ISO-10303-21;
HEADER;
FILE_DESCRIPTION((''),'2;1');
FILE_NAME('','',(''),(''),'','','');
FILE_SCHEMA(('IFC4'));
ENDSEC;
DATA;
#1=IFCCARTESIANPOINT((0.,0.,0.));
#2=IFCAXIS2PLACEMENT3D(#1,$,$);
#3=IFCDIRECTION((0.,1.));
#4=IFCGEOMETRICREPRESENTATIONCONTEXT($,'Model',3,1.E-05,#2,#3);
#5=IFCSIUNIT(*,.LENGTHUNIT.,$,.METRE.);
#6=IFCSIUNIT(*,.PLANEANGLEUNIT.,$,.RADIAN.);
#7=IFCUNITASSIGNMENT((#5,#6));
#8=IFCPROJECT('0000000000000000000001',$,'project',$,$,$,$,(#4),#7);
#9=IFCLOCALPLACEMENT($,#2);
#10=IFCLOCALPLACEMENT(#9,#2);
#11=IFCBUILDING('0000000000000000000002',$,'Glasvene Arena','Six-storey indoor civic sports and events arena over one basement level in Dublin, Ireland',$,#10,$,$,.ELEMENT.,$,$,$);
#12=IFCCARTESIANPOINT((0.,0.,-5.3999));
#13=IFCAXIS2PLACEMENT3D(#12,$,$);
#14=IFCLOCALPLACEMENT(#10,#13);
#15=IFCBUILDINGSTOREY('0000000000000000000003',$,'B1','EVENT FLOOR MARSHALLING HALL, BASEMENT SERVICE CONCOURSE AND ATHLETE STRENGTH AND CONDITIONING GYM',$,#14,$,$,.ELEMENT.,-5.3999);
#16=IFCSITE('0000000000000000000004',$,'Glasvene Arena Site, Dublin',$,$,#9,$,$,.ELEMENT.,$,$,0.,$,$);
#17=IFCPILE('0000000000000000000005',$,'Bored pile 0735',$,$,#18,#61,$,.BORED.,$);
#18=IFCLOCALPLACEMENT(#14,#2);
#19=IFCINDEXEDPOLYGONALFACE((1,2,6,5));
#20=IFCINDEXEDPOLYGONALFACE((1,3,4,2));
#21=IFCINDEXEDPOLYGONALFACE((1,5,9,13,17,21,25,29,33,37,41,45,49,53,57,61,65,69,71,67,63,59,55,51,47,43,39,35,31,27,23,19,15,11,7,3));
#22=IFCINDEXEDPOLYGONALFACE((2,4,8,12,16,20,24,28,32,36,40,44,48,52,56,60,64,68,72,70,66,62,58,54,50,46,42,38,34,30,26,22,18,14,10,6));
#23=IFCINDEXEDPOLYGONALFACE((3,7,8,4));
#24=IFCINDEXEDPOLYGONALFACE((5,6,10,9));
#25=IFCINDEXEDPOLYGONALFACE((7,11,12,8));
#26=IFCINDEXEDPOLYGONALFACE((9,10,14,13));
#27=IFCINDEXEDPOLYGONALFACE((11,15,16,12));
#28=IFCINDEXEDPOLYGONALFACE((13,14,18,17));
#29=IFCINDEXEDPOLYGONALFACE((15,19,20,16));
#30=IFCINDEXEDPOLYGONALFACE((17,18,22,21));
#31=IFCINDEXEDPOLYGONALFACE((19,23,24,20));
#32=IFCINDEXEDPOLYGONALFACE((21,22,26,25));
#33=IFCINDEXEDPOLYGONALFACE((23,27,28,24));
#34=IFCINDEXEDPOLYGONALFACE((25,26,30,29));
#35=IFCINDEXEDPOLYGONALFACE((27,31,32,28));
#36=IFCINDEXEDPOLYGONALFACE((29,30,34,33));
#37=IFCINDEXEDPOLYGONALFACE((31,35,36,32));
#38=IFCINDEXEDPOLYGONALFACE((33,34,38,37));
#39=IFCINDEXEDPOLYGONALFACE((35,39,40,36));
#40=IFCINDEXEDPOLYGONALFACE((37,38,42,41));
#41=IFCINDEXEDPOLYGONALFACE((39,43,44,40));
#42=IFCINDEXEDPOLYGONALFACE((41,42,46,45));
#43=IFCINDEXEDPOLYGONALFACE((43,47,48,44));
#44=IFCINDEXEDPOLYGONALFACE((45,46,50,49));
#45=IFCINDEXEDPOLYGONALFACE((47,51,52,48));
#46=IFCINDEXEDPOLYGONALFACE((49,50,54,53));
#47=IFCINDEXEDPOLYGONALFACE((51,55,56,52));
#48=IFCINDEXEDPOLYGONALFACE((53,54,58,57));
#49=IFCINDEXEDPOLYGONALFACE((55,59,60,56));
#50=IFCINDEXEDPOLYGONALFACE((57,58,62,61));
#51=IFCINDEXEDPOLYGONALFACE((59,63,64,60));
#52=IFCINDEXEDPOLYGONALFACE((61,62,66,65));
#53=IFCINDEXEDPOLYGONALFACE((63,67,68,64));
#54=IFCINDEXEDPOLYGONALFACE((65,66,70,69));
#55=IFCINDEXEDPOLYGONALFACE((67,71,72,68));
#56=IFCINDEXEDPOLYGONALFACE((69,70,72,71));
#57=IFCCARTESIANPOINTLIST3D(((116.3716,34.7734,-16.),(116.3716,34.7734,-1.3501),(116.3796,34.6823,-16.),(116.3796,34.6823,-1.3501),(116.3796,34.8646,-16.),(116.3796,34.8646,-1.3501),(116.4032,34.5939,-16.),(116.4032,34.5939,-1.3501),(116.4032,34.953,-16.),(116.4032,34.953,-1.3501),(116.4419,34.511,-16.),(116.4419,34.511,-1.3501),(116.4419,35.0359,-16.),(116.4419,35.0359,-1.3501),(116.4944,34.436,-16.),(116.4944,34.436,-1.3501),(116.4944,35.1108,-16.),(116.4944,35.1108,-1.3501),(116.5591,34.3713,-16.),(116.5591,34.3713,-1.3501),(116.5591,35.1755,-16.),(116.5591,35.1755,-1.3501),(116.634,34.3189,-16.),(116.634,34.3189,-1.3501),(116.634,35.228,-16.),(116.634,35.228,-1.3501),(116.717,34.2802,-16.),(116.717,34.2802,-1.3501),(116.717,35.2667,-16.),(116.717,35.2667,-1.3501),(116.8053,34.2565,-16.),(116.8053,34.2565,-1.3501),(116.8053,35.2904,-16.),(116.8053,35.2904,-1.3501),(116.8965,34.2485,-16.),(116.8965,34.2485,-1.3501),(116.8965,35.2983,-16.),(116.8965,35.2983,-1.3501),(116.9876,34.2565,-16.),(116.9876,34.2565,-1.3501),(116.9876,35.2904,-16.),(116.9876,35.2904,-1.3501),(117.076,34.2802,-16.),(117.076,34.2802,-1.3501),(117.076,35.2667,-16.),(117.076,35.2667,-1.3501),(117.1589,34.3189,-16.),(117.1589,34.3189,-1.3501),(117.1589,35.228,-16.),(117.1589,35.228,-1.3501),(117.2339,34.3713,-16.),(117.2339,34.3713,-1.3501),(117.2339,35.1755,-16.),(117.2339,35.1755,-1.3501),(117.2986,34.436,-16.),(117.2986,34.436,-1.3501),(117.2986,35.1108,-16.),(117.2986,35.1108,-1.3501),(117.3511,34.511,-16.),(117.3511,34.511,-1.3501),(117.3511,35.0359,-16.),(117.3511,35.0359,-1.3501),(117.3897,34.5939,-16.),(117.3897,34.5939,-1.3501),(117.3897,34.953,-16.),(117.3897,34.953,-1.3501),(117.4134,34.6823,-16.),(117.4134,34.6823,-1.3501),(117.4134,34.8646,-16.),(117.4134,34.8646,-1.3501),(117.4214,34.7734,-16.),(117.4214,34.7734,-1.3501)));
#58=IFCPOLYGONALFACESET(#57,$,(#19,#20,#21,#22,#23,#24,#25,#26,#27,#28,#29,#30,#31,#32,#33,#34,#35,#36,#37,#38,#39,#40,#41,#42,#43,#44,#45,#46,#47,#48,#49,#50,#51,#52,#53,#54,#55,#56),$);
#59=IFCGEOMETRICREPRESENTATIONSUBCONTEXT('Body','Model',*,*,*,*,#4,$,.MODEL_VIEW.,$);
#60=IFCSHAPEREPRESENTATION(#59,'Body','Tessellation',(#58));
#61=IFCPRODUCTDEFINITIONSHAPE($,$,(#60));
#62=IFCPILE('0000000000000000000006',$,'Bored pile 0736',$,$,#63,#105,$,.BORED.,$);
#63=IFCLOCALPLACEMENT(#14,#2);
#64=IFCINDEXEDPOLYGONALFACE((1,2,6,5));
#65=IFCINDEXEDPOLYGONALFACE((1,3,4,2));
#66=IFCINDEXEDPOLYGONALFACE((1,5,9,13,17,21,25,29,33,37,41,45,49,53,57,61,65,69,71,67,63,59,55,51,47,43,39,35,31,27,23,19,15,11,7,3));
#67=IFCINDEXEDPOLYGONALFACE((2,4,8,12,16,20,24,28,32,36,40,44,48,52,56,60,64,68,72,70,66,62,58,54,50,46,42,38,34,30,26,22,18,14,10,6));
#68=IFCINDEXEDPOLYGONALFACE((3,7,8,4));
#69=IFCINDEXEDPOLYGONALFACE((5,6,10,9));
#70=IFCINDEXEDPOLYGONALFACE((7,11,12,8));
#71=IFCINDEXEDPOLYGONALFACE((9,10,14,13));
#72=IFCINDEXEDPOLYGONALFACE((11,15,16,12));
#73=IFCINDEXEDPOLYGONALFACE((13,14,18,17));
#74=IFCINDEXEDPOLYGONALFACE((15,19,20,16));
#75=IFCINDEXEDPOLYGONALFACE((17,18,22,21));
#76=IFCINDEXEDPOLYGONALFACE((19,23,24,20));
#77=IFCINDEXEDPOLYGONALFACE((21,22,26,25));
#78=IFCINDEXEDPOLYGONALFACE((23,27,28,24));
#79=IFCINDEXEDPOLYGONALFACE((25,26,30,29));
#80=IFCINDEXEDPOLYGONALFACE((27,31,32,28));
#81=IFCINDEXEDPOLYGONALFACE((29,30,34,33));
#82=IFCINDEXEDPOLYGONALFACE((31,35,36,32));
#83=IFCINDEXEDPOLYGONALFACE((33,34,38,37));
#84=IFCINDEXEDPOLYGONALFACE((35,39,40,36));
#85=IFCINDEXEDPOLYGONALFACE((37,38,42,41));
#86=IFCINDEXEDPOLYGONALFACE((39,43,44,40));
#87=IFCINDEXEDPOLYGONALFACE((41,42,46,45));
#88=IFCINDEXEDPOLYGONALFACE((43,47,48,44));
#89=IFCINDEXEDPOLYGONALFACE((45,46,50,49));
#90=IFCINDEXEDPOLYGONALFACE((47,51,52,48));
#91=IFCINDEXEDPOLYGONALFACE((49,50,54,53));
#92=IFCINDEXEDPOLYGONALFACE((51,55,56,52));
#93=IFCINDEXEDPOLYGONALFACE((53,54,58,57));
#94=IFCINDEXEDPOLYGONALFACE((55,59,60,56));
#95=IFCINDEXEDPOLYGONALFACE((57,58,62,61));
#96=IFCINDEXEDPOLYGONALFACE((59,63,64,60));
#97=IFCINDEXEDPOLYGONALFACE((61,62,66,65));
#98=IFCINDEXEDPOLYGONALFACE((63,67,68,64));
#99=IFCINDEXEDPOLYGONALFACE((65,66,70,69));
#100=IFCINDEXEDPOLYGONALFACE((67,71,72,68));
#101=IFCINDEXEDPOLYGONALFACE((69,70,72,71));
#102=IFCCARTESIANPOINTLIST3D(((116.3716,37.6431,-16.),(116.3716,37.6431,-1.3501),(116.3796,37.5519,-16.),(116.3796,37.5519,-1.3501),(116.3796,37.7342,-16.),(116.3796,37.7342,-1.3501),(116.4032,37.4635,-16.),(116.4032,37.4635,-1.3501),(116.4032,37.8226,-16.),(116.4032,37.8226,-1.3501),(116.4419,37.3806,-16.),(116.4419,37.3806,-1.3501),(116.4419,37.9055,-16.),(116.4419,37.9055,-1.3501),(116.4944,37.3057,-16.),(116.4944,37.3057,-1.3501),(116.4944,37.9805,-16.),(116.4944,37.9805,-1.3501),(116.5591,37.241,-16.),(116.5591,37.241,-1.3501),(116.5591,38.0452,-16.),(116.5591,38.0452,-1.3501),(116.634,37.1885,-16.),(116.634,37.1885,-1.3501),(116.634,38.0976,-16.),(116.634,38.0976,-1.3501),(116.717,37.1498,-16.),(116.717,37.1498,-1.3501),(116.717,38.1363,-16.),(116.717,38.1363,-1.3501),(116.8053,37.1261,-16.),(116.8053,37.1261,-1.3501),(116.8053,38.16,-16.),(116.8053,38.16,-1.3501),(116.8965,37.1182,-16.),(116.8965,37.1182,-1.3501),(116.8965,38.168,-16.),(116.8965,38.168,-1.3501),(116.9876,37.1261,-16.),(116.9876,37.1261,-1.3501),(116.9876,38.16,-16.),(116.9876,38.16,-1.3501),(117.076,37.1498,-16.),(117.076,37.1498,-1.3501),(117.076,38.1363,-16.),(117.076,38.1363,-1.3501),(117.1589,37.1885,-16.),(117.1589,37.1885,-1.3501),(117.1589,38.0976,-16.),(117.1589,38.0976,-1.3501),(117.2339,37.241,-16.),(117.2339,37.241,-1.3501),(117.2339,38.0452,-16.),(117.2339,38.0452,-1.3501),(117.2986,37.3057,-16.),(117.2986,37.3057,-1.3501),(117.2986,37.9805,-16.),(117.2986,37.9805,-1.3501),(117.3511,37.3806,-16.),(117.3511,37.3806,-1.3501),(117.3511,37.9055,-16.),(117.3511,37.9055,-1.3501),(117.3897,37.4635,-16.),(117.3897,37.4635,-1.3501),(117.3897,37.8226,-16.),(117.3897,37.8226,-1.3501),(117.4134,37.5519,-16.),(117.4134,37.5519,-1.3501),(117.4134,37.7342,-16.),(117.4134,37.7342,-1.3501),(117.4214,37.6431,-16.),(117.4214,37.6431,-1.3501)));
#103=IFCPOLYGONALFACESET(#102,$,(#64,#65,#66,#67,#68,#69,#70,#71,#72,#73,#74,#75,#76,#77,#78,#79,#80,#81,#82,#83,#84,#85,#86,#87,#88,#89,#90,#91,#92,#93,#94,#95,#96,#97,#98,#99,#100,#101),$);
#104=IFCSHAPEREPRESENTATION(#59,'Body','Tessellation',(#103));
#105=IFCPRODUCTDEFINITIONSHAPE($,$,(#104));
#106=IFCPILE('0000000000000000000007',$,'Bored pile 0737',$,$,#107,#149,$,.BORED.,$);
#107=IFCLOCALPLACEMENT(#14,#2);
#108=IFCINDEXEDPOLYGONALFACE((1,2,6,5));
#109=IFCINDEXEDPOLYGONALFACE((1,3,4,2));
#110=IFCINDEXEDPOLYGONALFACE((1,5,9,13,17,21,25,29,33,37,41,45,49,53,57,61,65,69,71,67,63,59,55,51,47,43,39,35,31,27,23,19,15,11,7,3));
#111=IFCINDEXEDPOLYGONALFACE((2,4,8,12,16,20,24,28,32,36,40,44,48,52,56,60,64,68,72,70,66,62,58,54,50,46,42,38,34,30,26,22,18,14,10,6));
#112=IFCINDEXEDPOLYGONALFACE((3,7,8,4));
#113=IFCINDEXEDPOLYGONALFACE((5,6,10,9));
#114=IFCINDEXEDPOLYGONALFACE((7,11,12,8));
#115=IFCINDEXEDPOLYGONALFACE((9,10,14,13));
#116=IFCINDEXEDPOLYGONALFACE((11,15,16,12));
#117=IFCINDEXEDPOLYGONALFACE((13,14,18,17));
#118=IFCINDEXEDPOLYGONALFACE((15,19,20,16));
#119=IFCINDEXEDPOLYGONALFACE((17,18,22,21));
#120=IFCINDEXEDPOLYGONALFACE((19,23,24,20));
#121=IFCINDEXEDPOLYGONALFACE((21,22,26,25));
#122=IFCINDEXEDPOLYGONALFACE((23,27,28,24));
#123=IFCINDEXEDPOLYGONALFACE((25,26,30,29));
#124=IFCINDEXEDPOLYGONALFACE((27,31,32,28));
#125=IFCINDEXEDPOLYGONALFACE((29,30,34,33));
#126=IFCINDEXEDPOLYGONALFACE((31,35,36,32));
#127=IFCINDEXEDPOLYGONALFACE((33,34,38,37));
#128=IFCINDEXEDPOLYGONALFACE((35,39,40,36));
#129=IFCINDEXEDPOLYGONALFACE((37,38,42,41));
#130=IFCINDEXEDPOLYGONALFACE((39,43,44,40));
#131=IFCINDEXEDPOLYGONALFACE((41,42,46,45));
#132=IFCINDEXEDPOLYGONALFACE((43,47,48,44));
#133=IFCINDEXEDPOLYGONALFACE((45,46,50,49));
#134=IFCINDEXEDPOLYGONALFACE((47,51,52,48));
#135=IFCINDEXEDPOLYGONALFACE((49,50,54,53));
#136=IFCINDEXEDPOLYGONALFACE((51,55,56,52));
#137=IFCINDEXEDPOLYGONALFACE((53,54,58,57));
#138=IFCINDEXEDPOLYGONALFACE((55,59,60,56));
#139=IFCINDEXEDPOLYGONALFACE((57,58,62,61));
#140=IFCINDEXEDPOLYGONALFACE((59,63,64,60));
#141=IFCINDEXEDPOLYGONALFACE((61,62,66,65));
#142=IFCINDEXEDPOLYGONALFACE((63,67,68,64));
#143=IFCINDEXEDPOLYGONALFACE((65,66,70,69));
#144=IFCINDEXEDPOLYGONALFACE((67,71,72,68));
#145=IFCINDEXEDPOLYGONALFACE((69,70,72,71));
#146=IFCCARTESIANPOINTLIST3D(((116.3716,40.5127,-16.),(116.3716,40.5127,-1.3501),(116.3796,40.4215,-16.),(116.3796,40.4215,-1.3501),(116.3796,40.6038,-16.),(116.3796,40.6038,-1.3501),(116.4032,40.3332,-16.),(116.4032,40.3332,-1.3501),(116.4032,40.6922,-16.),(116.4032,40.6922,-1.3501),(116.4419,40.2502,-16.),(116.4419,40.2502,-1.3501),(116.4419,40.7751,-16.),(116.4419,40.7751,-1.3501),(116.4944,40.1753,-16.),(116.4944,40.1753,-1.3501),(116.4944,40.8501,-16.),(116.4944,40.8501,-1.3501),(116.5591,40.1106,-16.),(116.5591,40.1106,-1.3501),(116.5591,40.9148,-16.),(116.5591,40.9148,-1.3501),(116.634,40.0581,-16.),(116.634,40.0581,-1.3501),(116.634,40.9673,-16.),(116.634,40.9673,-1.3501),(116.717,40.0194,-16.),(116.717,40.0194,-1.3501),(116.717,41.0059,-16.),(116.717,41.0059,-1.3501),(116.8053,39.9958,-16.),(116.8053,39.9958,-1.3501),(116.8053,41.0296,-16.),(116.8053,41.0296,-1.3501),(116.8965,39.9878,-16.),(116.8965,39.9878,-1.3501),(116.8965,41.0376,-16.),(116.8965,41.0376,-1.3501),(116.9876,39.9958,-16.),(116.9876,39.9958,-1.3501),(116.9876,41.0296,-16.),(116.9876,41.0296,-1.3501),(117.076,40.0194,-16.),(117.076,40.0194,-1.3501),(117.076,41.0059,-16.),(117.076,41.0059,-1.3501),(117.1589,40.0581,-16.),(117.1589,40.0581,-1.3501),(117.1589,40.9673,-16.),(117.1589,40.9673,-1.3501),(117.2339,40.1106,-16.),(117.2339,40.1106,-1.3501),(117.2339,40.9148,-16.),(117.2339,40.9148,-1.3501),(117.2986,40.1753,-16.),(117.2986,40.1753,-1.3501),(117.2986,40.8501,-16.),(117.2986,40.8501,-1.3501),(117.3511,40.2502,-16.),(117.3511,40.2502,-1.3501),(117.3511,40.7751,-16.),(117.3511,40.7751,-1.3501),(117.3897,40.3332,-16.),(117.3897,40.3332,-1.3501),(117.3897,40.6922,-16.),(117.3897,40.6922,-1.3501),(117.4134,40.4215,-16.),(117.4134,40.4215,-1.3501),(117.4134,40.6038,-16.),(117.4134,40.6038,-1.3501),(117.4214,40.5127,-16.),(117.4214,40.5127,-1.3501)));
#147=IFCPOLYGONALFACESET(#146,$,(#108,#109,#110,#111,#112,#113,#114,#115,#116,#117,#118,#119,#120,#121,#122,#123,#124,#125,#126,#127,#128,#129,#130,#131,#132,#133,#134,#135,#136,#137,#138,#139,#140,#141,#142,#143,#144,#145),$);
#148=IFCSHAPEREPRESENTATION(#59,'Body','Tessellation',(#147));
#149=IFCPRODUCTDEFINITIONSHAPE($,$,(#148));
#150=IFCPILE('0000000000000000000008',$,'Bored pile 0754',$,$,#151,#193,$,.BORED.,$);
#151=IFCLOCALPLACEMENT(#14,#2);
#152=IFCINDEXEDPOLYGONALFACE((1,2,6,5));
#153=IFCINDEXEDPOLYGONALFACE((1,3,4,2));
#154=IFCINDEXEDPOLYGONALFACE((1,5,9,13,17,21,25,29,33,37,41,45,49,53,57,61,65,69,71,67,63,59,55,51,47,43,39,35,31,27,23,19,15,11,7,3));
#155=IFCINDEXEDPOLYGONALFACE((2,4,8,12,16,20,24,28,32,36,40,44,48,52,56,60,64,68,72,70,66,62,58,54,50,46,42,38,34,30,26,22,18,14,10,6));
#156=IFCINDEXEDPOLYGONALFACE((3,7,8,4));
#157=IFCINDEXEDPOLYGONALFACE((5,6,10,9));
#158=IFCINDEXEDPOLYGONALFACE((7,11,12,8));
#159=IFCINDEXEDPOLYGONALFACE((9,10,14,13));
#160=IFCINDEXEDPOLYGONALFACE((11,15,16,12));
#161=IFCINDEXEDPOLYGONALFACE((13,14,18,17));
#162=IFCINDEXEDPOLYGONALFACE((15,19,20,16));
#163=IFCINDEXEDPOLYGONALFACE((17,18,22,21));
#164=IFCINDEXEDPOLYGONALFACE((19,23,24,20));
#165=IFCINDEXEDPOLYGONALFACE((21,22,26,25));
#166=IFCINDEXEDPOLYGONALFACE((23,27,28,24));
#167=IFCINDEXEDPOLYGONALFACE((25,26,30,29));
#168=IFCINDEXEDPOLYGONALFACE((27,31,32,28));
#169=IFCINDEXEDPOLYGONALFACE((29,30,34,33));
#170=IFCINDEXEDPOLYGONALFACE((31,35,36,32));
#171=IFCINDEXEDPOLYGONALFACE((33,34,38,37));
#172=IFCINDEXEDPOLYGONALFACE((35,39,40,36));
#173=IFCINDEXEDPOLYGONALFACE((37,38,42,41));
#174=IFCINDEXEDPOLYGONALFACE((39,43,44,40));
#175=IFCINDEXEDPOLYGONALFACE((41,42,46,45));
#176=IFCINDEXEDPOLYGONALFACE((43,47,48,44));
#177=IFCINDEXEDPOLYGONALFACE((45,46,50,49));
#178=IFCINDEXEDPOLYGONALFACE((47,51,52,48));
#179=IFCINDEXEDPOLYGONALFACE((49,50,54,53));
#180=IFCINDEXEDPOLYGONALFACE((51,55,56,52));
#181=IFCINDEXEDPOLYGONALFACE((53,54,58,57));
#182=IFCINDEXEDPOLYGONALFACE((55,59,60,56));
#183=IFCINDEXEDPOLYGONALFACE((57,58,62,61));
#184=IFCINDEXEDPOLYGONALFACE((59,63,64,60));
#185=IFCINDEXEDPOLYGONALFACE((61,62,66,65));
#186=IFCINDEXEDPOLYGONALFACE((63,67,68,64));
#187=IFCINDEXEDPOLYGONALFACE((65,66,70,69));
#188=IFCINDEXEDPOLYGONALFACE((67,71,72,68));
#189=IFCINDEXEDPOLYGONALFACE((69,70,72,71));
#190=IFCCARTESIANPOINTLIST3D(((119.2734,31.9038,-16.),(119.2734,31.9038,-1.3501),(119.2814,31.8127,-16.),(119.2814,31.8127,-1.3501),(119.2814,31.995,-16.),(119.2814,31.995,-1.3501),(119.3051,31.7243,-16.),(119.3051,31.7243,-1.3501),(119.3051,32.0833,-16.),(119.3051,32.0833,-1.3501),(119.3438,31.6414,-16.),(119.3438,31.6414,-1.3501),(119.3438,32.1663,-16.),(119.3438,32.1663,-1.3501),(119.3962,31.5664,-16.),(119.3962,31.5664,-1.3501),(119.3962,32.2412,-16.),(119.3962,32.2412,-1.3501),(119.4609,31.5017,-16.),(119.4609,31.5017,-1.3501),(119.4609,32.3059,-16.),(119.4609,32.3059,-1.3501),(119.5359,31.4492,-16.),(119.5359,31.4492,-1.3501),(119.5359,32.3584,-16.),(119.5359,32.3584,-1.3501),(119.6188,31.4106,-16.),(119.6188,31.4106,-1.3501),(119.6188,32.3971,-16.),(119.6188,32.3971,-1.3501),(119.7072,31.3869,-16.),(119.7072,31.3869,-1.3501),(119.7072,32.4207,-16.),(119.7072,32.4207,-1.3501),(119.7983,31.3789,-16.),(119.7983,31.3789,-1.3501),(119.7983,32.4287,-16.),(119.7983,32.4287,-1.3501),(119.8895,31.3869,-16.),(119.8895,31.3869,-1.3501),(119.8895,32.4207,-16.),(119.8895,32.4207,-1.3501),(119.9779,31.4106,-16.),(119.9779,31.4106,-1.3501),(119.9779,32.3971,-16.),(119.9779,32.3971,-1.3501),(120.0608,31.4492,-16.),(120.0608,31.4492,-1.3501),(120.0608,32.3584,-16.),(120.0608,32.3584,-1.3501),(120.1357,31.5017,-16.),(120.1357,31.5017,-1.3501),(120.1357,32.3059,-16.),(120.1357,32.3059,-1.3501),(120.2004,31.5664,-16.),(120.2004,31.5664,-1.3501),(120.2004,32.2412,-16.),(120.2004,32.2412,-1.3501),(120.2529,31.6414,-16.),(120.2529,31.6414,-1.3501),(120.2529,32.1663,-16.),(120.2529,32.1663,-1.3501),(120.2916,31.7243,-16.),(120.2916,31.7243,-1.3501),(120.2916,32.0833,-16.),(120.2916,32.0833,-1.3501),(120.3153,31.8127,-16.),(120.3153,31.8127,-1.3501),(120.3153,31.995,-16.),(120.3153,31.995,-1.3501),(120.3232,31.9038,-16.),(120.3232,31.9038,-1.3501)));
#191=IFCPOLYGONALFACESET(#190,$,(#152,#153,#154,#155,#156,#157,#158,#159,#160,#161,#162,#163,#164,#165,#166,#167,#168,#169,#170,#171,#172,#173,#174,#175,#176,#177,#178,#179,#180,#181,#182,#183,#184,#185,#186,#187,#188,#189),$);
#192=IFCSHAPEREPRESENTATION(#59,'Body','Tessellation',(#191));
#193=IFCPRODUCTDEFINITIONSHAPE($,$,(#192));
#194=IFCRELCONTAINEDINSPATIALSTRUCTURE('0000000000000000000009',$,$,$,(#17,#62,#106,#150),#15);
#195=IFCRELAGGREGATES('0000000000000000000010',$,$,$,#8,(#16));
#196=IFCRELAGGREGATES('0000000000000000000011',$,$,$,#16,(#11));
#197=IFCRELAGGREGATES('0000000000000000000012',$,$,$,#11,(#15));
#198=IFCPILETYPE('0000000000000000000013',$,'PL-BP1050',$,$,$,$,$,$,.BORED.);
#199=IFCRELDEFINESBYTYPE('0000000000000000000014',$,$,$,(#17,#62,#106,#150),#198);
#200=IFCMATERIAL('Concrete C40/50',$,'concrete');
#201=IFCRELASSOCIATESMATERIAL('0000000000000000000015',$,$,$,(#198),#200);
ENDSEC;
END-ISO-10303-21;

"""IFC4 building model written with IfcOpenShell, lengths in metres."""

from ifc_helpers import new_model, si_unit, direction, frame, origin, origin_2d, place, context, subcontext, project, spatial, circle, extrude, material, material_profile, profile_set, type_object, element, save


model = new_model("IFC4")

# Units and contexts
model_context = context("Model", 3, precision=1e-05, world=origin(), true_north=direction((0.0, 1.0)))
body_context = subcontext(model_context, "Body", "Model", "MODEL_VIEW")
ifc_project = project(units=[si_unit("LENGTHUNIT", "METRE"), si_unit("PLANEANGLEUNIT", "RADIAN")], contexts=[model_context])

# Site, building, storey
site_placement = place(None, origin())
site = spatial("IfcSite", under=ifc_project, at=site_placement, Name="Glasvene Arena Site, Dublin", CompositionType="ELEMENT", RefElevation=0.0)
building_placement = place(site_placement, origin())
building = spatial("IfcBuilding", under=site, at=building_placement, Name="Glasvene Arena", Description="Six-storey indoor civic sports and events arena over one basement level in Dublin, Ireland", CompositionType="ELEMENT")
storey_placement = place(building_placement, frame((0.0, 0.0, -5.3999)))
storey = spatial("IfcBuildingStorey", under=building, at=storey_placement, Name="B1", Description="EVENT FLOOR MARSHALLING HALL, BASEMENT SERVICE CONCOURSE AND ATHLETE STRENGTH AND CONDITIONING GYM", CompositionType="ELEMENT", Elevation=-5.3999)

# Piles
ifc_material_1 = material(Name="Concrete C40/50", Category="concrete")
ifc_material_profile_1 = material_profile(ifc_material_1, circle(Radius=0.5249, at=origin_2d()), Name="BORED PILE 1050")
ifc_profile_set_1 = profile_set([ifc_material_profile_1], Name="Concrete C40/50")
pile_type = type_object("IfcPileType", Name="PL-BP1050", PredefinedType="BORED", material=ifc_profile_set_1)
for number, where, z_axis, x_axis, name in (
    (1, (116.8965, 34.7734, -1.3501), (0.0, 0.0, -1.0), (1.0, 0.0, 0.0), "Bored pile 0735"),
    (2, (116.8965, 37.6431, -1.3501), (0.0, 0.0, -1.0), (1.0, 0.0, 0.0), "Bored pile 0736"),
    (3, (116.8965, 40.5127, -1.3501), (0.0, 0.0, -1.0), (1.0, 0.0, 0.0), "Bored pile 0737"),
    (4, (119.7983, 31.9038, -1.3501), (0.0, 0.0, -1.0), (1.0, 0.0, 0.0), "Bored pile 0754"),
):
    element("IfcPile", number, at=place(storey_placement, frame(where, z_axis=z_axis, x_axis=x_axis)), inside=storey, type_object=pile_type, Name=name, PredefinedType="BORED", context=body_context, shape_type="SweptSolid", body=[
        extrude(circle(Radius=0.5249, at=origin_2d()), origin(), (0.0, 0.0, 1.0), 14.6499),
    ])

save(model, "model.ifc")
